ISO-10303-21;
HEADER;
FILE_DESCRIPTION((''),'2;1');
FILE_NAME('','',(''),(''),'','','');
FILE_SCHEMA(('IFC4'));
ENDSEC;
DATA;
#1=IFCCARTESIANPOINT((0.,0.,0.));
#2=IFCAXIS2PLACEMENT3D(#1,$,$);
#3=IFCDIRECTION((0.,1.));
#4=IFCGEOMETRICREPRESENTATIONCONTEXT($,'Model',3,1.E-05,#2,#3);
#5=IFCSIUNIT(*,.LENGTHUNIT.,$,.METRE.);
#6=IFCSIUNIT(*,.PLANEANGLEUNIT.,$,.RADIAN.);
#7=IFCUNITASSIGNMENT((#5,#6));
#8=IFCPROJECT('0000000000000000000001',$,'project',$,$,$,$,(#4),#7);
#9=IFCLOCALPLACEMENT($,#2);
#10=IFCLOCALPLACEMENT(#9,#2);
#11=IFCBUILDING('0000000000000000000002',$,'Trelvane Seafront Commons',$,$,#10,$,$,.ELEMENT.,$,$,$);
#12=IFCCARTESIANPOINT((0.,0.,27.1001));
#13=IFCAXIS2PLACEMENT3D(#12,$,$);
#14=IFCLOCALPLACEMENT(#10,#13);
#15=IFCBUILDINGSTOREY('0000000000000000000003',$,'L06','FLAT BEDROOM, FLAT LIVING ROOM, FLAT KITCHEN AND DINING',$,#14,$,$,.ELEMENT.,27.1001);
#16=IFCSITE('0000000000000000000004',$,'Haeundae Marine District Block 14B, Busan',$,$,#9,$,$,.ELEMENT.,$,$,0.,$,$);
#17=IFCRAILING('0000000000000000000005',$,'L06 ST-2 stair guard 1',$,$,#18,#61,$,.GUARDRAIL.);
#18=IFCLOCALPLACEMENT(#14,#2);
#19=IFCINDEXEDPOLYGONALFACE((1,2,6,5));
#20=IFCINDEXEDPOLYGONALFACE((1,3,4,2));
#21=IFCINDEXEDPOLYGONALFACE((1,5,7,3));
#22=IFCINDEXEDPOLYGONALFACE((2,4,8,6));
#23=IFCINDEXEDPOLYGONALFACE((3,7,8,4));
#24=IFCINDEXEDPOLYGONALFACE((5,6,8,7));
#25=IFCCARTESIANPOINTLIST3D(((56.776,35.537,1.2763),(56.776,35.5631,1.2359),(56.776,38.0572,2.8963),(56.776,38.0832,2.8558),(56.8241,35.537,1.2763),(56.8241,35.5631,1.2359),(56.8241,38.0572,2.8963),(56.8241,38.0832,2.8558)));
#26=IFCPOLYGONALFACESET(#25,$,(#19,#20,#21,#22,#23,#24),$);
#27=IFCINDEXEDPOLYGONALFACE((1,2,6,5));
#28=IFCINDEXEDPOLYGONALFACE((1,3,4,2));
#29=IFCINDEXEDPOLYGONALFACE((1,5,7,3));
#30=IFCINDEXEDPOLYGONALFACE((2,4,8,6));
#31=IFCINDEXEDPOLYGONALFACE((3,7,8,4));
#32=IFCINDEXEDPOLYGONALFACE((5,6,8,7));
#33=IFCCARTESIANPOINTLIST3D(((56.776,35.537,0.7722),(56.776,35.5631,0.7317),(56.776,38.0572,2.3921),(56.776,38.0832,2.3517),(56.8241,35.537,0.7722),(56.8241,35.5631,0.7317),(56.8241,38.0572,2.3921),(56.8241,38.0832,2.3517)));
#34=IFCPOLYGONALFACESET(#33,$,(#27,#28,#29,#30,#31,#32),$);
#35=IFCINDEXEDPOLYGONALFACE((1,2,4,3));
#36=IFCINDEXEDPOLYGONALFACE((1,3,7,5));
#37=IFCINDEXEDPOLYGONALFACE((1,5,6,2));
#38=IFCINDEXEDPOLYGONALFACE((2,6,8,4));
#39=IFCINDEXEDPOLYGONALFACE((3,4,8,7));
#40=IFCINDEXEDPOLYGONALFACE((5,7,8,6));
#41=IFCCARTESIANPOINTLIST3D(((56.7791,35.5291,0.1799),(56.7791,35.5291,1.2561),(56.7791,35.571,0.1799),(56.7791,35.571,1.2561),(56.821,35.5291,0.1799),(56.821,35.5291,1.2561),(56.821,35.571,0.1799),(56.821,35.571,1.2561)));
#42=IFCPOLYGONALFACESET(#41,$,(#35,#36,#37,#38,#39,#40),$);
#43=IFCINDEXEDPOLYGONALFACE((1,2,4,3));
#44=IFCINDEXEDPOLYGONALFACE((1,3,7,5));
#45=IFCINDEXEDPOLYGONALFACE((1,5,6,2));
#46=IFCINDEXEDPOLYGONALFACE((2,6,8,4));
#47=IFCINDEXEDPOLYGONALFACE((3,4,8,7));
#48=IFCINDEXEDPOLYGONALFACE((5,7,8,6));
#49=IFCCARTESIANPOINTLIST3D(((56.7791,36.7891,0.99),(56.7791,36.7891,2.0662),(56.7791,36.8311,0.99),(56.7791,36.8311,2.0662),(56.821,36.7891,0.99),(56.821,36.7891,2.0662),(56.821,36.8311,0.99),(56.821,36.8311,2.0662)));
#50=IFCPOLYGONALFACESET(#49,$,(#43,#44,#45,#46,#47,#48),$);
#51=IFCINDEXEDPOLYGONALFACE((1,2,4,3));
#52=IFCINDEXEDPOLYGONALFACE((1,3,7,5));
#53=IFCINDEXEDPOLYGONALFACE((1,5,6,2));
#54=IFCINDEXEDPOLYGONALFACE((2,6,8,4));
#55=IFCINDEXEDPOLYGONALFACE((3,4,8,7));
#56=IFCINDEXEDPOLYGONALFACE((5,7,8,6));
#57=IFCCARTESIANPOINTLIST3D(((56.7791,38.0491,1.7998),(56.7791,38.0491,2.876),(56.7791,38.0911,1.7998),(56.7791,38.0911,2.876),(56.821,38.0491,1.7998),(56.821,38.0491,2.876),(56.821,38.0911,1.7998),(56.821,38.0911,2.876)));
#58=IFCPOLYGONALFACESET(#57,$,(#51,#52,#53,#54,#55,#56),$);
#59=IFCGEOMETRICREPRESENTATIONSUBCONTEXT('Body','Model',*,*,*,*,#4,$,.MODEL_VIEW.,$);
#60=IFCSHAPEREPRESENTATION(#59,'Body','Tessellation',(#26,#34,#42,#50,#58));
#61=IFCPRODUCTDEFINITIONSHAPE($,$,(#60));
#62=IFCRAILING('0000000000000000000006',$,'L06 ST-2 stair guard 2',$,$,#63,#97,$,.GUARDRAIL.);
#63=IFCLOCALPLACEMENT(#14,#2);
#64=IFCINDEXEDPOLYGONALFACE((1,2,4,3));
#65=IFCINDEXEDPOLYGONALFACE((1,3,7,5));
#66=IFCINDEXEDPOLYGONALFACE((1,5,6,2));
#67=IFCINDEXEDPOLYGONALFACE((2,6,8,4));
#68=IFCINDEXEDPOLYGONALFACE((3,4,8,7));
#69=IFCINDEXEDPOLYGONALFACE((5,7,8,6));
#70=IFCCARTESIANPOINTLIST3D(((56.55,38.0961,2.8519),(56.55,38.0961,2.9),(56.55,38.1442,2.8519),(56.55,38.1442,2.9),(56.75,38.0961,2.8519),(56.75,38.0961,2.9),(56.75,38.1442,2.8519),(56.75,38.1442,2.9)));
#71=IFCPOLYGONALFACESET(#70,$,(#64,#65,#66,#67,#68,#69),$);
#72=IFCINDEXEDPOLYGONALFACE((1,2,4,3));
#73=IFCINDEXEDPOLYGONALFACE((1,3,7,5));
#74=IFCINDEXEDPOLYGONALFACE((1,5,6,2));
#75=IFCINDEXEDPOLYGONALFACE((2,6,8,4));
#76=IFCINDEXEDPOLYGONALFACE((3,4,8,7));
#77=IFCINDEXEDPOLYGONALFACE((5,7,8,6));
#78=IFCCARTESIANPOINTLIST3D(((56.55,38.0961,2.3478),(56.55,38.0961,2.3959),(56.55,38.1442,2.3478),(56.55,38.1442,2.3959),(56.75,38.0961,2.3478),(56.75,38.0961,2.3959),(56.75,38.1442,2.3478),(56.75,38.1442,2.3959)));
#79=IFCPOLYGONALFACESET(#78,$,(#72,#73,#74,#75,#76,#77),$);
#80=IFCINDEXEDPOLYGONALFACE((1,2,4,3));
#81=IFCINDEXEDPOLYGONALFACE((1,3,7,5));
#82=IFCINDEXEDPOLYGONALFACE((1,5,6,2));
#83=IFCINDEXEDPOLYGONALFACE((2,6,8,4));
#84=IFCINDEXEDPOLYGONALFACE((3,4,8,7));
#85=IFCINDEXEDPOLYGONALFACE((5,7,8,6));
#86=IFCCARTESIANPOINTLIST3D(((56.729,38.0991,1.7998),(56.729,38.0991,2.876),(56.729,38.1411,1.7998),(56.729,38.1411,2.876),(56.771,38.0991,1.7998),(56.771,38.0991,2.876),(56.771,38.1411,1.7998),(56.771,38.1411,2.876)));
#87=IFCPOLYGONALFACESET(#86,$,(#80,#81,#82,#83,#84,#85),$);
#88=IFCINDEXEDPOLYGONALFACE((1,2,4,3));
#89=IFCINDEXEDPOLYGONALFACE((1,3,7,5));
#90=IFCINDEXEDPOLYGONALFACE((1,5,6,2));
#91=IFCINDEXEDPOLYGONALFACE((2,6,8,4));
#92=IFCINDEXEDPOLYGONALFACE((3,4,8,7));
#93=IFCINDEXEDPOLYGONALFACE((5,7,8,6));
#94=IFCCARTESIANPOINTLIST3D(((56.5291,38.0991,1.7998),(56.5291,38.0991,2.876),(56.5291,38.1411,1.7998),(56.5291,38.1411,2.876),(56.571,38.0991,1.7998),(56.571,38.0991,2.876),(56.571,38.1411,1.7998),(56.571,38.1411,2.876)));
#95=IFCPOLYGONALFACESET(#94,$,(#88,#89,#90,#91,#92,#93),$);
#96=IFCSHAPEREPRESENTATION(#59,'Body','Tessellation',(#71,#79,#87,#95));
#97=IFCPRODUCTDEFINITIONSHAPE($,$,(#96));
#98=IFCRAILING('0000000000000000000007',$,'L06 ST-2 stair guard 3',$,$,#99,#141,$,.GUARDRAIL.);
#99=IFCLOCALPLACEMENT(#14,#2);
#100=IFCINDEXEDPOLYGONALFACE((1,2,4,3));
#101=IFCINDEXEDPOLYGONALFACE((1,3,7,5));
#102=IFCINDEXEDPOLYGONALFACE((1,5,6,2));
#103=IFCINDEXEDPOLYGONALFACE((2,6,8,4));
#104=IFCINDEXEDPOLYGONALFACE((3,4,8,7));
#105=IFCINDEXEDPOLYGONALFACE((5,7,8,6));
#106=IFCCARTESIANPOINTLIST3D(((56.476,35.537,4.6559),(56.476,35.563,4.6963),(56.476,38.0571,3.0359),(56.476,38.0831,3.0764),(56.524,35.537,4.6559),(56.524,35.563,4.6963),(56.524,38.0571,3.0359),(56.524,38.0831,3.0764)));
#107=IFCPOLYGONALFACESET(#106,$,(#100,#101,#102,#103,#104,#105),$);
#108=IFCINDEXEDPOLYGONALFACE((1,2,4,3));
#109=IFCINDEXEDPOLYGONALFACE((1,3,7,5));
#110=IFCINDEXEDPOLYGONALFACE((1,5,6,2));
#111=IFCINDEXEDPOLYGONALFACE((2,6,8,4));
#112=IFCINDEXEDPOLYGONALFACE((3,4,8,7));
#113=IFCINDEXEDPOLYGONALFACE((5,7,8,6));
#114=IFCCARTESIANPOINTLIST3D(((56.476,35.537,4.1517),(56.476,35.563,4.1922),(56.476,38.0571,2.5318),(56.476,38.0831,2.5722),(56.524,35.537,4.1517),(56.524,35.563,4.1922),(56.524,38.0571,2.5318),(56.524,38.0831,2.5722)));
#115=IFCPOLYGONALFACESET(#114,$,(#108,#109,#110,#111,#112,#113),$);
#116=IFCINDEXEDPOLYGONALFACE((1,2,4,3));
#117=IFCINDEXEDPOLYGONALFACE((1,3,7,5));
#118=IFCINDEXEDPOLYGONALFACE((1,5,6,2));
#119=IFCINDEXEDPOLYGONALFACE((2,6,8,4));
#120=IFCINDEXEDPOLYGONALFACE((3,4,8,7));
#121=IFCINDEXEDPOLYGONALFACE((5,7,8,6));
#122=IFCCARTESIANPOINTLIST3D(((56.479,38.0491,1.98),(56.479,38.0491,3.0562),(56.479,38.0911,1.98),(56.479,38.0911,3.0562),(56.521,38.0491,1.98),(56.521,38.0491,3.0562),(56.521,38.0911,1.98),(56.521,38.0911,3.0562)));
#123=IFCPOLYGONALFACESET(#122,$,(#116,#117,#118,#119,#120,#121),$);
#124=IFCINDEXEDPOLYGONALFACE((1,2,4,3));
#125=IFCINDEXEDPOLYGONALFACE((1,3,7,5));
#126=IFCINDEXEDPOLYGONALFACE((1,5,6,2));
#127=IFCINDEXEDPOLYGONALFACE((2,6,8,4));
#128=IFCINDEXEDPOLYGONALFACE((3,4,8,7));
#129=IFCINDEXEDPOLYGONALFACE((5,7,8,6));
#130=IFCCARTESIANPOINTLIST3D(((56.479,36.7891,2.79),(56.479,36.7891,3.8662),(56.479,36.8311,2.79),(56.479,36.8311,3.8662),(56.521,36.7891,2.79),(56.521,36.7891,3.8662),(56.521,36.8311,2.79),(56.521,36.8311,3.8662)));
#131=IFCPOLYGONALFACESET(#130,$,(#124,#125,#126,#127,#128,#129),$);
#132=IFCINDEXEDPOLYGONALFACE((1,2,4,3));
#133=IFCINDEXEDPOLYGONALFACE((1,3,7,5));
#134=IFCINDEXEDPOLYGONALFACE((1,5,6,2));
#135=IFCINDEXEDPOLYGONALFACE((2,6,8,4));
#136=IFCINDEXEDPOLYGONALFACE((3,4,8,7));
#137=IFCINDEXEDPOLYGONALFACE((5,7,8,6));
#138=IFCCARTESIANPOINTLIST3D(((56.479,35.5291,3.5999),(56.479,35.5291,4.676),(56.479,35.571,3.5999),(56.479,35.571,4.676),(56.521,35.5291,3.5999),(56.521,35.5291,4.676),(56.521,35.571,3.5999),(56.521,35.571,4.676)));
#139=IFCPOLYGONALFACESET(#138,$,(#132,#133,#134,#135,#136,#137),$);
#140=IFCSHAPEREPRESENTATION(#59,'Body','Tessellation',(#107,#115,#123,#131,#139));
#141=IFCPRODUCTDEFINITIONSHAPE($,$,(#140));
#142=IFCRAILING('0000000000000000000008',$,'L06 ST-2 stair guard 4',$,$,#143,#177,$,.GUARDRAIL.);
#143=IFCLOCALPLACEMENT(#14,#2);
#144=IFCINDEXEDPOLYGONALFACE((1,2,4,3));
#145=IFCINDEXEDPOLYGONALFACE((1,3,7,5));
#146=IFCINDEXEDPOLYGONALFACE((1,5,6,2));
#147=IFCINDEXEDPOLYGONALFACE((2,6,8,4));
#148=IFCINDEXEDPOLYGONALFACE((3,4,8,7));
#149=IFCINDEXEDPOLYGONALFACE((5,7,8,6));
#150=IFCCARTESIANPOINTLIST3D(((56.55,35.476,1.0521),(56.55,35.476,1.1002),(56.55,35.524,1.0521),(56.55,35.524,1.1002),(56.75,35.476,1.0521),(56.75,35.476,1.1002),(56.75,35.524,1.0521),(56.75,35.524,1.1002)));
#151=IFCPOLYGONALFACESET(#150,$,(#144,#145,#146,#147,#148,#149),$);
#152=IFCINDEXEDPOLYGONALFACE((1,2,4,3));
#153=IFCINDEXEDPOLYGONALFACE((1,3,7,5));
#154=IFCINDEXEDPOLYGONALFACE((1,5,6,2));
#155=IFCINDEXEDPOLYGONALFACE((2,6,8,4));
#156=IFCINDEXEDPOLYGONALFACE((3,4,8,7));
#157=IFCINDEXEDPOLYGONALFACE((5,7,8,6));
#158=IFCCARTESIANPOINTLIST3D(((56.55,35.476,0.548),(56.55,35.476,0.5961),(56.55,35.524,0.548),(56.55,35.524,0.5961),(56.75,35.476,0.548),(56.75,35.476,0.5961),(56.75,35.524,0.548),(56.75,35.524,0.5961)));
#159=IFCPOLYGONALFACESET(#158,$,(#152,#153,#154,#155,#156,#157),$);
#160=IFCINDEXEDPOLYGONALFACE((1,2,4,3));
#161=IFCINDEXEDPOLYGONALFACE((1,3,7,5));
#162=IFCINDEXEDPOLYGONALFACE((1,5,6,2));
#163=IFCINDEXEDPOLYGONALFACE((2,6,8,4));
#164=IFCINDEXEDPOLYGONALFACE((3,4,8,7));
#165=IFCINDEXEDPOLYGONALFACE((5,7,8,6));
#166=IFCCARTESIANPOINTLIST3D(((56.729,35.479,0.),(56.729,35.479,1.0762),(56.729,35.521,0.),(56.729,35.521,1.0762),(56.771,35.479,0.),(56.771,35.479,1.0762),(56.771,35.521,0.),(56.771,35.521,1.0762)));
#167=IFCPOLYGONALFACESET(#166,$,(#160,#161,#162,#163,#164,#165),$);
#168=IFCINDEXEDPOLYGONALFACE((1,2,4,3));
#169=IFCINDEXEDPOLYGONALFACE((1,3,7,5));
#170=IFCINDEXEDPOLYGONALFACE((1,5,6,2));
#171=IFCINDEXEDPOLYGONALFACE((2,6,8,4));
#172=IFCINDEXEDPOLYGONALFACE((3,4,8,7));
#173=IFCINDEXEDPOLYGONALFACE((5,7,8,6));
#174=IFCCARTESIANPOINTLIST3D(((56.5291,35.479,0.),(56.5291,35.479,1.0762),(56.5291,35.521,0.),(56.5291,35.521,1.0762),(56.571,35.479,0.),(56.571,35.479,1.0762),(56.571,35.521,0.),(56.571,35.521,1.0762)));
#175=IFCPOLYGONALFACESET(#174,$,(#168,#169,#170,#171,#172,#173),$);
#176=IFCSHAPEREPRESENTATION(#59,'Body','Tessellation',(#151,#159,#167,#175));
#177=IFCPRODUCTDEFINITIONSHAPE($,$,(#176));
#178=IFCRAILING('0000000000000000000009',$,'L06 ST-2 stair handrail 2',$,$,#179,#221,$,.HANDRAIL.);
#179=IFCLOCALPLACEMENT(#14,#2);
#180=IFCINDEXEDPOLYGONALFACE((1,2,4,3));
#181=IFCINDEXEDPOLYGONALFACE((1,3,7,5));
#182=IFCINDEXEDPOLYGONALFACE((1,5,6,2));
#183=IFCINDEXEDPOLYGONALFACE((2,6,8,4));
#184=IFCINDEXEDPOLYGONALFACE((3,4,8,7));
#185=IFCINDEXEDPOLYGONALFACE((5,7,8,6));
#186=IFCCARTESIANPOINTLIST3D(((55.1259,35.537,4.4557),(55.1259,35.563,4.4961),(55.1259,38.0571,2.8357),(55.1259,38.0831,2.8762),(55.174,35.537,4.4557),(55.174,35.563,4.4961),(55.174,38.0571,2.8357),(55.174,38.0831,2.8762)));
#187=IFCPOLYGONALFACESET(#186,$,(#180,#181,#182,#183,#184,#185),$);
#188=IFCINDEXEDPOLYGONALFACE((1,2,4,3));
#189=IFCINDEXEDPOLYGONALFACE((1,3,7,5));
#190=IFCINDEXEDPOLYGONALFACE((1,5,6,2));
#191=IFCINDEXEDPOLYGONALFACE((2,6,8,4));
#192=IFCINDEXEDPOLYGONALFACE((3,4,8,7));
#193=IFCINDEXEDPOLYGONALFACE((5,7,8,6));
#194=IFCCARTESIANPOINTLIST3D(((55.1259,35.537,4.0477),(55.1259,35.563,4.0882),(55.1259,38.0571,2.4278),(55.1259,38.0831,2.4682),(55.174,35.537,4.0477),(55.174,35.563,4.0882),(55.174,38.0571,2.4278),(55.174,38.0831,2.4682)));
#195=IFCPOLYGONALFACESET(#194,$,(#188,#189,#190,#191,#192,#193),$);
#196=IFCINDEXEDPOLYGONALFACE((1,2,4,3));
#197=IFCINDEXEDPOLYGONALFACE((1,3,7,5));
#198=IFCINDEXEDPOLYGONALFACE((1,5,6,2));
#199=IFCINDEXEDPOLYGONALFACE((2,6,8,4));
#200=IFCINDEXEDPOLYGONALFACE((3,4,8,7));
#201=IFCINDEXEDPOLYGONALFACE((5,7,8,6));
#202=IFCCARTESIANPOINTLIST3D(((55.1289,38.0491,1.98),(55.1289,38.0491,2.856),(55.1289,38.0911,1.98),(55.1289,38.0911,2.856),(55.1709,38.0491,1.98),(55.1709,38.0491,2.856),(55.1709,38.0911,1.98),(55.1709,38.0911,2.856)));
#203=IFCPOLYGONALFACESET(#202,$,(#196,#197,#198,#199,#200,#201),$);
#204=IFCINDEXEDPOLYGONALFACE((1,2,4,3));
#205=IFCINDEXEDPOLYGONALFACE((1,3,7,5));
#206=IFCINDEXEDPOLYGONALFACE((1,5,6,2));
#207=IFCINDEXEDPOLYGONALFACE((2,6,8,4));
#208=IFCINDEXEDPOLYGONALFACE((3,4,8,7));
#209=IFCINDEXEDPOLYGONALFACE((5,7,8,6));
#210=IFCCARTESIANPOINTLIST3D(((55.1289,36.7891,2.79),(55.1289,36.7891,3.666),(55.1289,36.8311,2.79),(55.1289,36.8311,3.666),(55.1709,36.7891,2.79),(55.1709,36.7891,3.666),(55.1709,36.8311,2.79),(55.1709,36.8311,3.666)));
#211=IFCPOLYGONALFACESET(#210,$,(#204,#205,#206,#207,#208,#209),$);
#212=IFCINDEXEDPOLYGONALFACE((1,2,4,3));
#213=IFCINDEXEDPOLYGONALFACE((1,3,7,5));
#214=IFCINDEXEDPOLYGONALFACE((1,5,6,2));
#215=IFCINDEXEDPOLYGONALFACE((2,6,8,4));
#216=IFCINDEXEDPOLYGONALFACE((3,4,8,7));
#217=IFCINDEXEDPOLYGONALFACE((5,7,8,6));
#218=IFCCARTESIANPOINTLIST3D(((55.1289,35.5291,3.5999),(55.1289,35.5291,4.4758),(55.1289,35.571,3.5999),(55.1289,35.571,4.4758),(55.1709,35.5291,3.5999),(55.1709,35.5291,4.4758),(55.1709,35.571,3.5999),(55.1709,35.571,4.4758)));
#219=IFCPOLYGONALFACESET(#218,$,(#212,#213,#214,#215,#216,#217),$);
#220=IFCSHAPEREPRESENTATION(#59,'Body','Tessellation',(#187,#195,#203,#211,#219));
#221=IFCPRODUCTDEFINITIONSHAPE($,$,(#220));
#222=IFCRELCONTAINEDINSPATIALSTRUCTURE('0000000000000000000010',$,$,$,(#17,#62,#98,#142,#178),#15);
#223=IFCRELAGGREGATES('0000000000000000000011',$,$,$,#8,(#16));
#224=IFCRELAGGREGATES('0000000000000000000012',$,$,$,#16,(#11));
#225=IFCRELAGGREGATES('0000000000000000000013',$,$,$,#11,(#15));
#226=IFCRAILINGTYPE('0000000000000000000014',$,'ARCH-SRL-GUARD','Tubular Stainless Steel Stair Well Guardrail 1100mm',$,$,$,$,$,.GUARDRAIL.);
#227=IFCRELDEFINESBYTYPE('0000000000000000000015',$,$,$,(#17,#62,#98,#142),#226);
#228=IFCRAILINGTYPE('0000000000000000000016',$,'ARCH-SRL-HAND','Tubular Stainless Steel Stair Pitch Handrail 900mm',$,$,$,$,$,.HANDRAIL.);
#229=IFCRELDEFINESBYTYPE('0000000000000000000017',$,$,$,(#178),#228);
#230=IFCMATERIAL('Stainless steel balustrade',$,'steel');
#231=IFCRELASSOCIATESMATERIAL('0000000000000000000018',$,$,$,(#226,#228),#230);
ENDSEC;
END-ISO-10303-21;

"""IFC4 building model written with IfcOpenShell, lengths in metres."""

from ifc_helpers import new_model, si_unit, direction, frame, origin, origin_2d, place, context, subcontext, project, spatial, rectangle, extrude, material, type_object, element, save


model = new_model("IFC4")

# Units and contexts
model_context = context("Model", 3, precision=1e-05, world=origin(), true_north=direction((0.0, 1.0)))
body_context = subcontext(model_context, "Body", "Model", "MODEL_VIEW")
ifc_project = project(units=[si_unit("LENGTHUNIT", "METRE"), si_unit("PLANEANGLEUNIT", "RADIAN")], contexts=[model_context])

# Site, building, storey
site_placement = place(None, origin())
site = spatial("IfcSite", under=ifc_project, at=site_placement, Name="Haeundae Marine District Block 14B, Busan", CompositionType="ELEMENT", RefElevation=0.0)
building_placement = place(site_placement, origin())
building = spatial("IfcBuilding", under=site, at=building_placement, Name="Trelvane Seafront Commons", CompositionType="ELEMENT")
storey_placement = place(building_placement, frame((0.0, 0.0, 27.1001)))
storey = spatial("IfcBuildingStorey", under=building, at=storey_placement, Name="L06", Description="FLAT BEDROOM, FLAT LIVING ROOM, FLAT KITCHEN AND DINING", CompositionType="ELEMENT", Elevation=27.1001)

# Railings
ifc_material_1 = material(Name="Stainless steel balustrade", Category="steel")
railing_type_1 = type_object("IfcRailingType", Name="ARCH-SRL-GUARD", Description="Tubular Stainless Steel Stair Well Guardrail 1100mm", PredefinedType="GUARDRAIL", material=ifc_material_1)
railing_1_placement = place(storey_placement, frame((56.8, 35.55, 0.1799)))
element("IfcRailing", 1, at=railing_1_placement, inside=storey, type_object=railing_type_1, Name="L06 ST-2 stair guard 1", PredefinedType="GUARDRAIL", context=body_context, shape_type="SweptSolid", body=[
    extrude(rectangle(XDim=0.0481, YDim=0.0481, at=origin_2d()), frame((0.0, 0.0, 1.0762), z_axis=(0.0, 0.8412, 0.540725), x_axis=(-1.0, 0.0, 0.0)), (0.0, 0.0, 1.0), 2.9958),
    extrude(rectangle(XDim=0.0481, YDim=0.0481, at=origin_2d()), frame((0.0, 0.0, 0.572), z_axis=(0.0, 0.8412, 0.540725), x_axis=(-1.0, 0.0, 0.0)), (0.0, 0.0, 1.0), 2.9958),
    extrude(rectangle(XDim=0.042, YDim=0.042, at=origin_2d()), origin(), (0.0, 0.0, 1.0), 1.0762),
    extrude(rectangle(XDim=0.042, YDim=0.042, at=origin_2d()), frame((0.0, 1.26, 0.8101)), (0.0, 0.0, 1.0), 1.0762),
    extrude(rectangle(XDim=0.042, YDim=0.042, at=origin_2d()), frame((0.0, 2.52, 1.6199)), (0.0, 0.0, 1.0), 1.0762),
])
railing_2_placement = place(storey_placement, frame((56.75, 38.1201, 1.7998)))
element("IfcRailing", 2, at=railing_2_placement, inside=storey, type_object=railing_type_1, Name="L06 ST-2 stair guard 2", PredefinedType="GUARDRAIL", context=body_context, shape_type="SweptSolid", body=[
    extrude(rectangle(XDim=0.0481, YDim=0.0481, at=origin_2d()), frame((0.0, 0.0, 1.0762), z_axis=(-1.0, 0.0, 0.0), x_axis=(0.0, -1.0, 0.0)), (0.0, 0.0, 1.0), 0.2),
    extrude(rectangle(XDim=0.0481, YDim=0.0481, at=origin_2d()), frame((0.0, 0.0, 0.572), z_axis=(-1.0, 0.0, 0.0), x_axis=(0.0, -1.0, 0.0)), (0.0, 0.0, 1.0), 0.2),
    extrude(rectangle(XDim=0.042, YDim=0.042, at=origin_2d()), origin(), (0.0, 0.0, 1.0), 1.0762),
    extrude(rectangle(XDim=0.042, YDim=0.042, at=origin_2d()), frame((-0.2, 0.0, 0.0)), (0.0, 0.0, 1.0), 1.0762),
])
railing_3_placement = place(storey_placement, frame((56.5, 38.0701, 1.98)))
element("IfcRailing", 3, at=railing_3_placement, inside=storey, type_object=railing_type_1, Name="L06 ST-2 stair guard 3", PredefinedType="GUARDRAIL", context=body_context, shape_type="SweptSolid", body=[
    extrude(rectangle(XDim=0.0481, YDim=0.0481, at=origin_2d()), frame((0.0, 0.0, 1.0762), z_axis=(0.0, -0.8412, 0.540725), x_axis=(1.0, 0.0, 0.0)), (0.0, 0.0, 1.0), 2.9958),
    extrude(rectangle(XDim=0.0481, YDim=0.0481, at=origin_2d()), frame((0.0, 0.0, 0.572), z_axis=(0.0, -0.8412, 0.540725), x_axis=(1.0, 0.0, 0.0)), (0.0, 0.0, 1.0), 2.9958),
    extrude(rectangle(XDim=0.042, YDim=0.042, at=origin_2d()), origin(), (0.0, 0.0, 1.0), 1.0762),
    extrude(rectangle(XDim=0.042, YDim=0.042, at=origin_2d()), frame((0.0, -1.26, 0.8101)), (0.0, 0.0, 1.0), 1.0762),
    extrude(rectangle(XDim=0.042, YDim=0.042, at=origin_2d()), frame((0.0, -2.52, 1.6199)), (0.0, 0.0, 1.0), 1.0762),
])
railing_4_placement = place(storey_placement, frame((56.75, 35.5, 0.0)))
element("IfcRailing", 4, at=railing_4_placement, inside=storey, type_object=railing_type_1, Name="L06 ST-2 stair guard 4", PredefinedType="GUARDRAIL", context=body_context, shape_type="SweptSolid", body=[
    extrude(rectangle(XDim=0.0481, YDim=0.0481, at=origin_2d()), frame((0.0, 0.0, 1.0762), z_axis=(-1.0, 0.0, 0.0), x_axis=(0.0, -1.0, 0.0)), (0.0, 0.0, 1.0), 0.2),
    extrude(rectangle(XDim=0.0481, YDim=0.0481, at=origin_2d()), frame((0.0, 0.0, 0.572), z_axis=(-1.0, 0.0, 0.0), x_axis=(0.0, -1.0, 0.0)), (0.0, 0.0, 1.0), 0.2),
    extrude(rectangle(XDim=0.042, YDim=0.042, at=origin_2d()), origin(), (0.0, 0.0, 1.0), 1.0762),
    extrude(rectangle(XDim=0.042, YDim=0.042, at=origin_2d()), frame((-0.2, 0.0, 0.0)), (0.0, 0.0, 1.0), 1.0762),
])
railing_type_2 = type_object("IfcRailingType", Name="ARCH-SRL-HAND", Description="Tubular Stainless Steel Stair Pitch Handrail 900mm", PredefinedType="HANDRAIL", material=ifc_material_1)
railing_5_placement = place(storey_placement, frame((55.1499, 38.0701, 1.98)))
element("IfcRailing", 5, at=railing_5_placement, inside=storey, type_object=railing_type_2, Name="L06 ST-2 stair handrail 2", PredefinedType="HANDRAIL", context=body_context, shape_type="SweptSolid", body=[
    extrude(rectangle(XDim=0.0481, YDim=0.0481, at=origin_2d()), frame((0.0, 0.0, 0.876), z_axis=(0.0, -0.8412, 0.540725), x_axis=(1.0, 0.0, 0.0)), (0.0, 0.0, 1.0), 2.9958),
    extrude(rectangle(XDim=0.0481, YDim=0.0481, at=origin_2d()), frame((0.0, 0.0, 0.468), z_axis=(0.0, -0.8412, 0.540725), x_axis=(1.0, 0.0, 0.0)), (0.0, 0.0, 1.0), 2.9958),
    extrude(rectangle(XDim=0.042, YDim=0.042, at=origin_2d()), origin(), (0.0, 0.0, 1.0), 0.876),
    extrude(rectangle(XDim=0.042, YDim=0.042, at=origin_2d()), frame((0.0, -1.26, 0.8101)), (0.0, 0.0, 1.0), 0.876),
    extrude(rectangle(XDim=0.042, YDim=0.042, at=origin_2d()), frame((0.0, -2.52, 1.6199)), (0.0, 0.0, 1.0), 0.876),
])

save(model, "model.ifc")
